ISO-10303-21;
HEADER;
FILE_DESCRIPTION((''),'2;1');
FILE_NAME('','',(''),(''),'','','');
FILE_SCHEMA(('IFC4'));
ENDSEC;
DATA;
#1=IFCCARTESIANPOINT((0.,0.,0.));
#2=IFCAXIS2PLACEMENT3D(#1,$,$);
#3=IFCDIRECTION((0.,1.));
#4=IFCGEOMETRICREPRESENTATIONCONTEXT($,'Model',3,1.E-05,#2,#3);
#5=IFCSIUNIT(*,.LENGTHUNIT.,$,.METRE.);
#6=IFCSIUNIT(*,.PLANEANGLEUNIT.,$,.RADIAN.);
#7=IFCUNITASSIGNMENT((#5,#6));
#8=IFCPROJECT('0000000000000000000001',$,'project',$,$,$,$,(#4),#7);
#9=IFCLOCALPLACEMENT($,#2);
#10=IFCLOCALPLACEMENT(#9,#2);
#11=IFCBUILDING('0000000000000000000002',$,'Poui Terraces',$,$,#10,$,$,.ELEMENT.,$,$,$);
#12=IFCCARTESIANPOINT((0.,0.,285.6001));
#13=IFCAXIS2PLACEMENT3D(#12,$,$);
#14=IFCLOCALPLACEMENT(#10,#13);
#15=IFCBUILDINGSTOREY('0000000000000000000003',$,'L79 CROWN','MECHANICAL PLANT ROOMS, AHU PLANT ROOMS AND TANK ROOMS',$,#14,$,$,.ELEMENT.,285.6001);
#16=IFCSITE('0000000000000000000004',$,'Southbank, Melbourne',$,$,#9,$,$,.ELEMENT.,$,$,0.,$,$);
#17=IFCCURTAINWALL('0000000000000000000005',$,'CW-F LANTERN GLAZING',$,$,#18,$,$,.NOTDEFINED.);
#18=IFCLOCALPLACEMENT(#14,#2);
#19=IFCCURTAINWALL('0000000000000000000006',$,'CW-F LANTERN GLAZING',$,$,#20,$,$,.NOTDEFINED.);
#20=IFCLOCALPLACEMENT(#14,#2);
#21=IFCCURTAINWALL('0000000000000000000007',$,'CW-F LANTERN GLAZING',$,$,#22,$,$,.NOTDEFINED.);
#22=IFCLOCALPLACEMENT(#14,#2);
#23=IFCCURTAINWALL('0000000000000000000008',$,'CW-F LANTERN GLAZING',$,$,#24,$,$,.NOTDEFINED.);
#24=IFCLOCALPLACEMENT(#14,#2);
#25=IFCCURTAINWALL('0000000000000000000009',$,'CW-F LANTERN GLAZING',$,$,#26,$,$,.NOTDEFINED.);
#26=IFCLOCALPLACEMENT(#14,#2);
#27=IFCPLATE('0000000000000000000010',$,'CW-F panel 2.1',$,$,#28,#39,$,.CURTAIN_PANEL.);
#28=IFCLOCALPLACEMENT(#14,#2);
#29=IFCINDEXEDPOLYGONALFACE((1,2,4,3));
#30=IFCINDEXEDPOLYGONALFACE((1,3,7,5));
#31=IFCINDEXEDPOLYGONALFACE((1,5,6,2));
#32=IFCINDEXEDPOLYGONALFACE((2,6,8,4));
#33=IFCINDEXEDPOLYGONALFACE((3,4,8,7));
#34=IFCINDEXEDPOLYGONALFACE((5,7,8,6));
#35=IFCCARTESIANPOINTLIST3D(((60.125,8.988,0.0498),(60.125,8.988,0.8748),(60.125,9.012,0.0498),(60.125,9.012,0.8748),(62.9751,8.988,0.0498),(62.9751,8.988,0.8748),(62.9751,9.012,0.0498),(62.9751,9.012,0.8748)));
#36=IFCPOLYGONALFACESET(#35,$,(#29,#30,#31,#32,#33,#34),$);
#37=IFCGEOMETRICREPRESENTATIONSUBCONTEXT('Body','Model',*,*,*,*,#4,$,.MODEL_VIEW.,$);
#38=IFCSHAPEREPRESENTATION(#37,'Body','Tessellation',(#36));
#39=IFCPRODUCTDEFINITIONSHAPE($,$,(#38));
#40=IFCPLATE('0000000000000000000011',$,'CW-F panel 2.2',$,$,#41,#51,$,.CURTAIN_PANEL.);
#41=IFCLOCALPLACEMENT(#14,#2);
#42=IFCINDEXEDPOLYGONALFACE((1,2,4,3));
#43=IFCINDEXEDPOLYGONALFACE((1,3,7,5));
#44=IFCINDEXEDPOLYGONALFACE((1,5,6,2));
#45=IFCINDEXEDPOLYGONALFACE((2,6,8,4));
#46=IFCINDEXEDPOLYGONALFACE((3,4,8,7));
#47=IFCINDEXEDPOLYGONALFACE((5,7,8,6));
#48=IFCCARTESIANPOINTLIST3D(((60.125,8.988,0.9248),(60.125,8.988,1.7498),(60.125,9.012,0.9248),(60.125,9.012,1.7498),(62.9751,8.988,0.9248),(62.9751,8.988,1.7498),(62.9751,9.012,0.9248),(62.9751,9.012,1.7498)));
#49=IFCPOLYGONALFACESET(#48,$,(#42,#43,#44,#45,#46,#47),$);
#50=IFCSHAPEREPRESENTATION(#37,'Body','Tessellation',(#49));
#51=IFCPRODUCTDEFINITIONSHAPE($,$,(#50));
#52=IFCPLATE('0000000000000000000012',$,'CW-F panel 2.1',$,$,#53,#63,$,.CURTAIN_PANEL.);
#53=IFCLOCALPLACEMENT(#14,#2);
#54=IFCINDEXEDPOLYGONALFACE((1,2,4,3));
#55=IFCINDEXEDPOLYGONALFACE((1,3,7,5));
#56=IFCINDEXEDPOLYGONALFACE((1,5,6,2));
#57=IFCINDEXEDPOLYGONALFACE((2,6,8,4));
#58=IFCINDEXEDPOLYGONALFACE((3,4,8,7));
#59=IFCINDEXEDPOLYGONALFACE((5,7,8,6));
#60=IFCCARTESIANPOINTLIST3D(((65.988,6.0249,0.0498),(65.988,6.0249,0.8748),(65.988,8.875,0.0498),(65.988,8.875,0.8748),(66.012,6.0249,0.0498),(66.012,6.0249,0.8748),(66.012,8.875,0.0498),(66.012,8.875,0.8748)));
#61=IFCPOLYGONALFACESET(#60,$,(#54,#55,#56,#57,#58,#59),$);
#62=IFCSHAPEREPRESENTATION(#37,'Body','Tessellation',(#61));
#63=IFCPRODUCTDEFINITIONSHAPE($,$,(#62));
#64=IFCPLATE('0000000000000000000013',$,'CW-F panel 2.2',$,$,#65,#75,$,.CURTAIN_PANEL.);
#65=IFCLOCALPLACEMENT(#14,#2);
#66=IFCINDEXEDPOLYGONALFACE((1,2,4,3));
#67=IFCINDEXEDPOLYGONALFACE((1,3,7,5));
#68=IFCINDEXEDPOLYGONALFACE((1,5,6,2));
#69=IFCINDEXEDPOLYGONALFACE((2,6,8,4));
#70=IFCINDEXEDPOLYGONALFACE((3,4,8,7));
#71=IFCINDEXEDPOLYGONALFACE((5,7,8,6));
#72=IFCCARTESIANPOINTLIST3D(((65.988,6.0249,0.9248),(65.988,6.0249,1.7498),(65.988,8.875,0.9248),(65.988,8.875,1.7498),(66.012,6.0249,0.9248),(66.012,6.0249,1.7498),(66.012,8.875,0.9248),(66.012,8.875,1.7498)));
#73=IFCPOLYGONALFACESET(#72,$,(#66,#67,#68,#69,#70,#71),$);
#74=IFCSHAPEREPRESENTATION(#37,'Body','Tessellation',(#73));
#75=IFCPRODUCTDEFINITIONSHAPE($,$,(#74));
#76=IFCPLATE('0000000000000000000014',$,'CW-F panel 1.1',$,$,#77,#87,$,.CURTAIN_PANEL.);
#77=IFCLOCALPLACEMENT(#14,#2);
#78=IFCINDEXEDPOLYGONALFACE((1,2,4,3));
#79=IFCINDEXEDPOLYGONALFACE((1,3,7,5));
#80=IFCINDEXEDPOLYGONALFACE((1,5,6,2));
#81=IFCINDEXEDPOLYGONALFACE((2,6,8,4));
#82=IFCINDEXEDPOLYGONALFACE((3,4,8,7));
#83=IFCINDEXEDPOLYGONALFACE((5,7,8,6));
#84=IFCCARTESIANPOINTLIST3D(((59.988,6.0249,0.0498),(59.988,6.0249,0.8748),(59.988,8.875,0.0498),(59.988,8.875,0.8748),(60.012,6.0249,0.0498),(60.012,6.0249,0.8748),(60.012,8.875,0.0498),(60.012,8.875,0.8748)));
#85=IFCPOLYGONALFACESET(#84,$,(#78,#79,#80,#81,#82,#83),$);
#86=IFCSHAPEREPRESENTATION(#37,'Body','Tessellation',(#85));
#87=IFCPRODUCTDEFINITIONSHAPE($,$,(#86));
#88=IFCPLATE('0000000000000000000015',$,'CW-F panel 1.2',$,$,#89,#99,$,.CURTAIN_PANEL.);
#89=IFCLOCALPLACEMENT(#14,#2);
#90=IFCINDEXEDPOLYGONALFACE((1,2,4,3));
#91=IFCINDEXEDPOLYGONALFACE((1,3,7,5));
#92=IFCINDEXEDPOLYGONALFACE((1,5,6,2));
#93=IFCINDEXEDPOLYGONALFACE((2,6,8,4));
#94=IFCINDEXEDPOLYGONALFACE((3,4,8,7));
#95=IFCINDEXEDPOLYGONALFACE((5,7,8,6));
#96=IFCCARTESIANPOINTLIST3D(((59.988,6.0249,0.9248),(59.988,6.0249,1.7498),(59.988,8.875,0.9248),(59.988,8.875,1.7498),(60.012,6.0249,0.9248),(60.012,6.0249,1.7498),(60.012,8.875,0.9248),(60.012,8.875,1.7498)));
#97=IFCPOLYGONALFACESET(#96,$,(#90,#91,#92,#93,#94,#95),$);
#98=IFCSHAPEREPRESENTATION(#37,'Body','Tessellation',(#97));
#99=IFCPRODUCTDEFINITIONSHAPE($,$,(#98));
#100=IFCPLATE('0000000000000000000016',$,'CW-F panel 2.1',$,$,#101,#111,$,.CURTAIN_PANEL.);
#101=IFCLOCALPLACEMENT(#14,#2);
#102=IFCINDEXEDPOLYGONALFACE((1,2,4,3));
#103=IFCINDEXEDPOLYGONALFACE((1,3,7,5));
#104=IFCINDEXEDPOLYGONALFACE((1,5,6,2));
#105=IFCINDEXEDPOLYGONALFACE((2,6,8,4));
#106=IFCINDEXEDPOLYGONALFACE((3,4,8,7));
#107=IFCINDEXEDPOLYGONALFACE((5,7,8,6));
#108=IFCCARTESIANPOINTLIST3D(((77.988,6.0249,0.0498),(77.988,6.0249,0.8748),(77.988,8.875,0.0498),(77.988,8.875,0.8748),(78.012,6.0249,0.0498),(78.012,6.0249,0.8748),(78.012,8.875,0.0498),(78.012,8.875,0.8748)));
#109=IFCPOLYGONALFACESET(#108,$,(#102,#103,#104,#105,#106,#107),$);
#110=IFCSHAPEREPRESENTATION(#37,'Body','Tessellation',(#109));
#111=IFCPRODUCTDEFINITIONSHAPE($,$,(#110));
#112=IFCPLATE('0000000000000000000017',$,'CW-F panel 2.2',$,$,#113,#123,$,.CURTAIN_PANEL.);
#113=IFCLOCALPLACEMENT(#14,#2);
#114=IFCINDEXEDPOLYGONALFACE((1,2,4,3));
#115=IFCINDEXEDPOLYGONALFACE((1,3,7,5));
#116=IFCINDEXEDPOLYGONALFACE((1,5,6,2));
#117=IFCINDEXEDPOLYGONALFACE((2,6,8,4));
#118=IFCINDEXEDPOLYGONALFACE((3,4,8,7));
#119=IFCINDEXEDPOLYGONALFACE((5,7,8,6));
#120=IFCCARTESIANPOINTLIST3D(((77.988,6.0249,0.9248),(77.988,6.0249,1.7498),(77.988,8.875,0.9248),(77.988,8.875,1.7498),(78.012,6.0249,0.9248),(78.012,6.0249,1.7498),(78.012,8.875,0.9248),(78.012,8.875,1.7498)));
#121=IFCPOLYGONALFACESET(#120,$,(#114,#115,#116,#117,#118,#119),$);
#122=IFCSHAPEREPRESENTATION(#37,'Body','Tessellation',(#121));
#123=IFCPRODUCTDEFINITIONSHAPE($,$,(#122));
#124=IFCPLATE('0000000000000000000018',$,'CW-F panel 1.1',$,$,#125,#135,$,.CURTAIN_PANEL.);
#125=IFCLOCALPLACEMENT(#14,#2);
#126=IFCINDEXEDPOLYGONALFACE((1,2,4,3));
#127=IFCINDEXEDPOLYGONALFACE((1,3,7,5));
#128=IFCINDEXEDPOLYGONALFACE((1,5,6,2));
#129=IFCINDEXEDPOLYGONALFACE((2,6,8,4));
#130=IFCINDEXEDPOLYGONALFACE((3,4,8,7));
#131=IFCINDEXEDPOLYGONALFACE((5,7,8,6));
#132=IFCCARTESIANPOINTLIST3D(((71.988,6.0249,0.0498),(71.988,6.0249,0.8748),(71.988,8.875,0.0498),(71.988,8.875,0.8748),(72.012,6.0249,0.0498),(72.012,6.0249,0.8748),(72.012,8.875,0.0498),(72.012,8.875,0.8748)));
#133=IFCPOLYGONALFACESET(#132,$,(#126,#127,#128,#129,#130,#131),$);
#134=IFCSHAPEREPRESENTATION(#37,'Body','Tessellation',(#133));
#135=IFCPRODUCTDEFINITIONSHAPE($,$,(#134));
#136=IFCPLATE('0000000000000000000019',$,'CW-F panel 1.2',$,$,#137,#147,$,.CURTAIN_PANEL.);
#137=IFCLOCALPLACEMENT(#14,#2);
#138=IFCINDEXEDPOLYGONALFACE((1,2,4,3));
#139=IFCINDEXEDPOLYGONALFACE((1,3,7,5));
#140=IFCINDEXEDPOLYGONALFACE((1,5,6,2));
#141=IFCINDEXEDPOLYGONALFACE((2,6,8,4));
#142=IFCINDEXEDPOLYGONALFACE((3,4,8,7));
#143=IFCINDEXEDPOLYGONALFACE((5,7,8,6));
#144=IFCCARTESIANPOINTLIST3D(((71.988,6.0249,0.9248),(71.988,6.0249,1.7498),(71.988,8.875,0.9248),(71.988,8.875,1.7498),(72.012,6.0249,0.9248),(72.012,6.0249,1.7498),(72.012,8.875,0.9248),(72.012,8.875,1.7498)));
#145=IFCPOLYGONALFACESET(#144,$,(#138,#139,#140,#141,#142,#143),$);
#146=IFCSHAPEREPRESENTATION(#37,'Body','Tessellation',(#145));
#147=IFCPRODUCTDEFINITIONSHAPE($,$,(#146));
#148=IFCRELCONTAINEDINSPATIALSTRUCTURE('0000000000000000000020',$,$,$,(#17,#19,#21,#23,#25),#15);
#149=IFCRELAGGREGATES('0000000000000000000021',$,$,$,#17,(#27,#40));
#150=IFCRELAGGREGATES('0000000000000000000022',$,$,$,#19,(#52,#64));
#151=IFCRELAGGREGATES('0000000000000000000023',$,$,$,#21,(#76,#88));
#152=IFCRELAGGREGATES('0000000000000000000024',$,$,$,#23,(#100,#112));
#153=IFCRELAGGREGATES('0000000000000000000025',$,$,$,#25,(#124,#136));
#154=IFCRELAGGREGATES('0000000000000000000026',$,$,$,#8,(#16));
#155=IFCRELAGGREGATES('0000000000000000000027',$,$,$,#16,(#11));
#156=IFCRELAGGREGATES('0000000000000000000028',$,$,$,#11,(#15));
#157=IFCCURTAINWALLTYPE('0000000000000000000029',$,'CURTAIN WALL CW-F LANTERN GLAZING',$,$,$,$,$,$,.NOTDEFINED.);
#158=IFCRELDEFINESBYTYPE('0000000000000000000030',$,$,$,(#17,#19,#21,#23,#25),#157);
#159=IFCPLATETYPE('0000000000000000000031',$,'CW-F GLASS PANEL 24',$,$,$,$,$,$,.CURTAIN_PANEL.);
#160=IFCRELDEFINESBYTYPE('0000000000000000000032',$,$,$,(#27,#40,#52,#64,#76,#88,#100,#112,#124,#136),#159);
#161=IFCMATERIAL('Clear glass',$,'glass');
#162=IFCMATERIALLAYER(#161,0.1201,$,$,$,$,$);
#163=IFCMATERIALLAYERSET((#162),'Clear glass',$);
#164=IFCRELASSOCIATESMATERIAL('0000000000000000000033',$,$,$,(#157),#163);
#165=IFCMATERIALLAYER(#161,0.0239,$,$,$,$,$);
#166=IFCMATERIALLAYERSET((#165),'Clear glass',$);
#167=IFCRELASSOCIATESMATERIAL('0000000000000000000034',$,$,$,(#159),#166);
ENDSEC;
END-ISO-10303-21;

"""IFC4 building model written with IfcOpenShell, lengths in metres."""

from ifc_helpers import new_model, si_unit, direction, frame, origin, origin_2d, place, context, subcontext, project, spatial, rectangle, extrude, material, layer, layer_set, type_object, element, aggregate, save


model = new_model("IFC4")

# Units and contexts
model_context = context("Model", 3, precision=1e-05, world=origin(), true_north=direction((0.0, 1.0)))
body_context = subcontext(model_context, "Body", "Model", "MODEL_VIEW")
ifc_project = project(units=[si_unit("LENGTHUNIT", "METRE"), si_unit("PLANEANGLEUNIT", "RADIAN")], contexts=[model_context])

# Site, building, storey
site_placement = place(None, origin())
site = spatial("IfcSite", under=ifc_project, at=site_placement, Name="Southbank, Melbourne", CompositionType="ELEMENT", RefElevation=0.0)
building_placement = place(site_placement, origin())
building = spatial("IfcBuilding", under=site, at=building_placement, Name="Poui Terraces", CompositionType="ELEMENT")
storey_placement = place(building_placement, frame((0.0, 0.0, 285.6001)))
storey = spatial("IfcBuildingStorey", under=building, at=storey_placement, Name="L79 CROWN", Description="MECHANICAL PLANT ROOMS, AHU PLANT ROOMS AND TANK ROOMS", CompositionType="ELEMENT", Elevation=285.6001)

# Curtain walls
ifc_material_1 = material(Name="Clear glass", Category="glass")
ifc_layer_1 = layer(ifc_material_1, 0.1201)
ifc_layer_set_1 = layer_set([ifc_layer_1], Name="Clear glass")
curtain_wall_type = type_object("IfcCurtainWallType", Name="CURTAIN WALL CW-F LANTERN GLAZING", PredefinedType="NOTDEFINED", material=ifc_layer_set_1)
curtain_wall_1_placement = place(storey_placement, origin())
curtain_wall_1 = element("IfcCurtainWall", 1, at=curtain_wall_1_placement, inside=storey, type_object=curtain_wall_type, Name="CW-F LANTERN GLAZING", PredefinedType="NOTDEFINED")
curtain_wall_2_placement = place(storey_placement, origin())
curtain_wall_2 = element("IfcCurtainWall", 2, at=curtain_wall_2_placement, inside=storey, type_object=curtain_wall_type, Name="CW-F LANTERN GLAZING", PredefinedType="NOTDEFINED")

# Curtain wall
curtain_wall_3_placement = place(storey_placement, origin())
curtain_wall_3 = element("IfcCurtainWall", 3, at=curtain_wall_3_placement, inside=storey, type_object=curtain_wall_type, Name="CW-F LANTERN GLAZING", PredefinedType="NOTDEFINED")

# Curtain walls
curtain_wall_4_placement = place(storey_placement, origin())
curtain_wall_4 = element("IfcCurtainWall", 4, at=curtain_wall_4_placement, inside=storey, type_object=curtain_wall_type, Name="CW-F LANTERN GLAZING", PredefinedType="NOTDEFINED")
curtain_wall_5_placement = place(storey_placement, origin())
curtain_wall_5 = element("IfcCurtainWall", 5, at=curtain_wall_5_placement, inside=storey, type_object=curtain_wall_type, Name="CW-F LANTERN GLAZING", PredefinedType="NOTDEFINED")

# Plates
ifc_layer_2 = layer(ifc_material_1, 0.0239)
ifc_layer_set_2 = layer_set([ifc_layer_2], Name="Clear glass")
plate_type = type_object("IfcPlateType", Name="CW-F GLASS PANEL 24", PredefinedType="CURTAIN_PANEL", material=ifc_layer_set_2)
plate_1_placement = place(storey_placement, frame((61.55, 9.0, 0.0498), z_axis=(0.0, 0.0, 1.0), x_axis=(-1.0, 0.0, 0.0)))
plate_1 = element("IfcPlate", 6, at=plate_1_placement, type_object=plate_type, Name="CW-F panel 2.1", PredefinedType="CURTAIN_PANEL", context=body_context, shape_type="SweptSolid", body=[
    extrude(rectangle(XDim=2.8501, YDim=0.0239, at=origin_2d()), origin(), (0.0, 0.0, 1.0), 0.825),
])
plate_2_placement = place(storey_placement, frame((61.55, 9.0, 0.9248), z_axis=(0.0, 0.0, 1.0), x_axis=(-1.0, 0.0, 0.0)))
plate_2 = element("IfcPlate", 7, at=plate_2_placement, type_object=plate_type, Name="CW-F panel 2.2", PredefinedType="CURTAIN_PANEL", context=body_context, shape_type="SweptSolid", body=[
    extrude(rectangle(XDim=2.8501, YDim=0.0239, at=origin_2d()), origin(), (0.0, 0.0, 1.0), 0.825),
])
aggregate(curtain_wall_1, [plate_1, plate_2])
plate_3_placement = place(storey_placement, frame((66.0, 7.45, 0.0498), z_axis=(0.0, 0.0, 1.0), x_axis=(0.0, 1.0, 0.0)))
plate_3 = element("IfcPlate", 8, at=plate_3_placement, type_object=plate_type, Name="CW-F panel 2.1", PredefinedType="CURTAIN_PANEL", context=body_context, shape_type="SweptSolid", body=[
    extrude(rectangle(XDim=2.8501, YDim=0.0239, at=origin_2d()), origin(), (0.0, 0.0, 1.0), 0.825),
])
plate_4_placement = place(storey_placement, frame((66.0, 7.45, 0.9248), z_axis=(0.0, 0.0, 1.0), x_axis=(0.0, 1.0, 0.0)))
plate_4 = element("IfcPlate", 9, at=plate_4_placement, type_object=plate_type, Name="CW-F panel 2.2", PredefinedType="CURTAIN_PANEL", context=body_context, shape_type="SweptSolid", body=[
    extrude(rectangle(XDim=2.8501, YDim=0.0239, at=origin_2d()), origin(), (0.0, 0.0, 1.0), 0.825),
])
aggregate(curtain_wall_2, [plate_3, plate_4])
plate_5_placement = place(storey_placement, frame((60.0, 7.45, 0.0498), z_axis=(0.0, 0.0, 1.0), x_axis=(0.0, -1.0, 0.0)))
plate_5 = element("IfcPlate", 10, at=plate_5_placement, type_object=plate_type, Name="CW-F panel 1.1", PredefinedType="CURTAIN_PANEL", context=body_context, shape_type="SweptSolid", body=[
    extrude(rectangle(XDim=2.8501, YDim=0.0239, at=origin_2d()), origin(), (0.0, 0.0, 1.0), 0.825),
])
plate_6_placement = place(storey_placement, frame((60.0, 7.45, 0.9248), z_axis=(0.0, 0.0, 1.0), x_axis=(0.0, -1.0, 0.0)))
plate_6 = element("IfcPlate", 11, at=plate_6_placement, type_object=plate_type, Name="CW-F panel 1.2", PredefinedType="CURTAIN_PANEL", context=body_context, shape_type="SweptSolid", body=[
    extrude(rectangle(XDim=2.8501, YDim=0.0239, at=origin_2d()), origin(), (0.0, 0.0, 1.0), 0.825),
])
aggregate(curtain_wall_3, [plate_5, plate_6])
plate_7_placement = place(storey_placement, frame((78.0, 7.45, 0.0498), z_axis=(0.0, 0.0, 1.0), x_axis=(0.0, 1.0, 0.0)))
plate_7 = element("IfcPlate", 12, at=plate_7_placement, type_object=plate_type, Name="CW-F panel 2.1", PredefinedType="CURTAIN_PANEL", context=body_context, shape_type="SweptSolid", body=[
    extrude(rectangle(XDim=2.8501, YDim=0.0239, at=origin_2d()), origin(), (0.0, 0.0, 1.0), 0.825),
])
plate_8_placement = place(storey_placement, frame((78.0, 7.45, 0.9248), z_axis=(0.0, 0.0, 1.0), x_axis=(0.0, 1.0, 0.0)))
plate_8 = element("IfcPlate", 13, at=plate_8_placement, type_object=plate_type, Name="CW-F panel 2.2", PredefinedType="CURTAIN_PANEL", context=body_context, shape_type="SweptSolid", body=[
    extrude(rectangle(XDim=2.8501, YDim=0.0239, at=origin_2d()), origin(), (0.0, 0.0, 1.0), 0.825),
])
aggregate(curtain_wall_4, [plate_7, plate_8])
plate_9_placement = place(storey_placement, frame((72.0, 7.45, 0.0498), z_axis=(0.0, 0.0, 1.0), x_axis=(0.0, -1.0, 0.0)))
plate_9 = element("IfcPlate", 14, at=plate_9_placement, type_object=plate_type, Name="CW-F panel 1.1", PredefinedType="CURTAIN_PANEL", context=body_context, shape_type="SweptSolid", body=[
    extrude(rectangle(XDim=2.8501, YDim=0.0239, at=origin_2d()), origin(), (0.0, 0.0, 1.0), 0.825),
])
plate_10_placement = place(storey_placement, frame((72.0, 7.45, 0.9248), z_axis=(0.0, 0.0, 1.0), x_axis=(0.0, -1.0, 0.0)))
plate_10 = element("IfcPlate", 15, at=plate_10_placement, type_object=plate_type, Name="CW-F panel 1.2", PredefinedType="CURTAIN_PANEL", context=body_context, shape_type="SweptSolid", body=[
    extrude(rectangle(XDim=2.8501, YDim=0.0239, at=origin_2d()), origin(), (0.0, 0.0, 1.0), 0.825),
])
aggregate(curtain_wall_5, [plate_9, plate_10])

save(model, "model.ifc")
